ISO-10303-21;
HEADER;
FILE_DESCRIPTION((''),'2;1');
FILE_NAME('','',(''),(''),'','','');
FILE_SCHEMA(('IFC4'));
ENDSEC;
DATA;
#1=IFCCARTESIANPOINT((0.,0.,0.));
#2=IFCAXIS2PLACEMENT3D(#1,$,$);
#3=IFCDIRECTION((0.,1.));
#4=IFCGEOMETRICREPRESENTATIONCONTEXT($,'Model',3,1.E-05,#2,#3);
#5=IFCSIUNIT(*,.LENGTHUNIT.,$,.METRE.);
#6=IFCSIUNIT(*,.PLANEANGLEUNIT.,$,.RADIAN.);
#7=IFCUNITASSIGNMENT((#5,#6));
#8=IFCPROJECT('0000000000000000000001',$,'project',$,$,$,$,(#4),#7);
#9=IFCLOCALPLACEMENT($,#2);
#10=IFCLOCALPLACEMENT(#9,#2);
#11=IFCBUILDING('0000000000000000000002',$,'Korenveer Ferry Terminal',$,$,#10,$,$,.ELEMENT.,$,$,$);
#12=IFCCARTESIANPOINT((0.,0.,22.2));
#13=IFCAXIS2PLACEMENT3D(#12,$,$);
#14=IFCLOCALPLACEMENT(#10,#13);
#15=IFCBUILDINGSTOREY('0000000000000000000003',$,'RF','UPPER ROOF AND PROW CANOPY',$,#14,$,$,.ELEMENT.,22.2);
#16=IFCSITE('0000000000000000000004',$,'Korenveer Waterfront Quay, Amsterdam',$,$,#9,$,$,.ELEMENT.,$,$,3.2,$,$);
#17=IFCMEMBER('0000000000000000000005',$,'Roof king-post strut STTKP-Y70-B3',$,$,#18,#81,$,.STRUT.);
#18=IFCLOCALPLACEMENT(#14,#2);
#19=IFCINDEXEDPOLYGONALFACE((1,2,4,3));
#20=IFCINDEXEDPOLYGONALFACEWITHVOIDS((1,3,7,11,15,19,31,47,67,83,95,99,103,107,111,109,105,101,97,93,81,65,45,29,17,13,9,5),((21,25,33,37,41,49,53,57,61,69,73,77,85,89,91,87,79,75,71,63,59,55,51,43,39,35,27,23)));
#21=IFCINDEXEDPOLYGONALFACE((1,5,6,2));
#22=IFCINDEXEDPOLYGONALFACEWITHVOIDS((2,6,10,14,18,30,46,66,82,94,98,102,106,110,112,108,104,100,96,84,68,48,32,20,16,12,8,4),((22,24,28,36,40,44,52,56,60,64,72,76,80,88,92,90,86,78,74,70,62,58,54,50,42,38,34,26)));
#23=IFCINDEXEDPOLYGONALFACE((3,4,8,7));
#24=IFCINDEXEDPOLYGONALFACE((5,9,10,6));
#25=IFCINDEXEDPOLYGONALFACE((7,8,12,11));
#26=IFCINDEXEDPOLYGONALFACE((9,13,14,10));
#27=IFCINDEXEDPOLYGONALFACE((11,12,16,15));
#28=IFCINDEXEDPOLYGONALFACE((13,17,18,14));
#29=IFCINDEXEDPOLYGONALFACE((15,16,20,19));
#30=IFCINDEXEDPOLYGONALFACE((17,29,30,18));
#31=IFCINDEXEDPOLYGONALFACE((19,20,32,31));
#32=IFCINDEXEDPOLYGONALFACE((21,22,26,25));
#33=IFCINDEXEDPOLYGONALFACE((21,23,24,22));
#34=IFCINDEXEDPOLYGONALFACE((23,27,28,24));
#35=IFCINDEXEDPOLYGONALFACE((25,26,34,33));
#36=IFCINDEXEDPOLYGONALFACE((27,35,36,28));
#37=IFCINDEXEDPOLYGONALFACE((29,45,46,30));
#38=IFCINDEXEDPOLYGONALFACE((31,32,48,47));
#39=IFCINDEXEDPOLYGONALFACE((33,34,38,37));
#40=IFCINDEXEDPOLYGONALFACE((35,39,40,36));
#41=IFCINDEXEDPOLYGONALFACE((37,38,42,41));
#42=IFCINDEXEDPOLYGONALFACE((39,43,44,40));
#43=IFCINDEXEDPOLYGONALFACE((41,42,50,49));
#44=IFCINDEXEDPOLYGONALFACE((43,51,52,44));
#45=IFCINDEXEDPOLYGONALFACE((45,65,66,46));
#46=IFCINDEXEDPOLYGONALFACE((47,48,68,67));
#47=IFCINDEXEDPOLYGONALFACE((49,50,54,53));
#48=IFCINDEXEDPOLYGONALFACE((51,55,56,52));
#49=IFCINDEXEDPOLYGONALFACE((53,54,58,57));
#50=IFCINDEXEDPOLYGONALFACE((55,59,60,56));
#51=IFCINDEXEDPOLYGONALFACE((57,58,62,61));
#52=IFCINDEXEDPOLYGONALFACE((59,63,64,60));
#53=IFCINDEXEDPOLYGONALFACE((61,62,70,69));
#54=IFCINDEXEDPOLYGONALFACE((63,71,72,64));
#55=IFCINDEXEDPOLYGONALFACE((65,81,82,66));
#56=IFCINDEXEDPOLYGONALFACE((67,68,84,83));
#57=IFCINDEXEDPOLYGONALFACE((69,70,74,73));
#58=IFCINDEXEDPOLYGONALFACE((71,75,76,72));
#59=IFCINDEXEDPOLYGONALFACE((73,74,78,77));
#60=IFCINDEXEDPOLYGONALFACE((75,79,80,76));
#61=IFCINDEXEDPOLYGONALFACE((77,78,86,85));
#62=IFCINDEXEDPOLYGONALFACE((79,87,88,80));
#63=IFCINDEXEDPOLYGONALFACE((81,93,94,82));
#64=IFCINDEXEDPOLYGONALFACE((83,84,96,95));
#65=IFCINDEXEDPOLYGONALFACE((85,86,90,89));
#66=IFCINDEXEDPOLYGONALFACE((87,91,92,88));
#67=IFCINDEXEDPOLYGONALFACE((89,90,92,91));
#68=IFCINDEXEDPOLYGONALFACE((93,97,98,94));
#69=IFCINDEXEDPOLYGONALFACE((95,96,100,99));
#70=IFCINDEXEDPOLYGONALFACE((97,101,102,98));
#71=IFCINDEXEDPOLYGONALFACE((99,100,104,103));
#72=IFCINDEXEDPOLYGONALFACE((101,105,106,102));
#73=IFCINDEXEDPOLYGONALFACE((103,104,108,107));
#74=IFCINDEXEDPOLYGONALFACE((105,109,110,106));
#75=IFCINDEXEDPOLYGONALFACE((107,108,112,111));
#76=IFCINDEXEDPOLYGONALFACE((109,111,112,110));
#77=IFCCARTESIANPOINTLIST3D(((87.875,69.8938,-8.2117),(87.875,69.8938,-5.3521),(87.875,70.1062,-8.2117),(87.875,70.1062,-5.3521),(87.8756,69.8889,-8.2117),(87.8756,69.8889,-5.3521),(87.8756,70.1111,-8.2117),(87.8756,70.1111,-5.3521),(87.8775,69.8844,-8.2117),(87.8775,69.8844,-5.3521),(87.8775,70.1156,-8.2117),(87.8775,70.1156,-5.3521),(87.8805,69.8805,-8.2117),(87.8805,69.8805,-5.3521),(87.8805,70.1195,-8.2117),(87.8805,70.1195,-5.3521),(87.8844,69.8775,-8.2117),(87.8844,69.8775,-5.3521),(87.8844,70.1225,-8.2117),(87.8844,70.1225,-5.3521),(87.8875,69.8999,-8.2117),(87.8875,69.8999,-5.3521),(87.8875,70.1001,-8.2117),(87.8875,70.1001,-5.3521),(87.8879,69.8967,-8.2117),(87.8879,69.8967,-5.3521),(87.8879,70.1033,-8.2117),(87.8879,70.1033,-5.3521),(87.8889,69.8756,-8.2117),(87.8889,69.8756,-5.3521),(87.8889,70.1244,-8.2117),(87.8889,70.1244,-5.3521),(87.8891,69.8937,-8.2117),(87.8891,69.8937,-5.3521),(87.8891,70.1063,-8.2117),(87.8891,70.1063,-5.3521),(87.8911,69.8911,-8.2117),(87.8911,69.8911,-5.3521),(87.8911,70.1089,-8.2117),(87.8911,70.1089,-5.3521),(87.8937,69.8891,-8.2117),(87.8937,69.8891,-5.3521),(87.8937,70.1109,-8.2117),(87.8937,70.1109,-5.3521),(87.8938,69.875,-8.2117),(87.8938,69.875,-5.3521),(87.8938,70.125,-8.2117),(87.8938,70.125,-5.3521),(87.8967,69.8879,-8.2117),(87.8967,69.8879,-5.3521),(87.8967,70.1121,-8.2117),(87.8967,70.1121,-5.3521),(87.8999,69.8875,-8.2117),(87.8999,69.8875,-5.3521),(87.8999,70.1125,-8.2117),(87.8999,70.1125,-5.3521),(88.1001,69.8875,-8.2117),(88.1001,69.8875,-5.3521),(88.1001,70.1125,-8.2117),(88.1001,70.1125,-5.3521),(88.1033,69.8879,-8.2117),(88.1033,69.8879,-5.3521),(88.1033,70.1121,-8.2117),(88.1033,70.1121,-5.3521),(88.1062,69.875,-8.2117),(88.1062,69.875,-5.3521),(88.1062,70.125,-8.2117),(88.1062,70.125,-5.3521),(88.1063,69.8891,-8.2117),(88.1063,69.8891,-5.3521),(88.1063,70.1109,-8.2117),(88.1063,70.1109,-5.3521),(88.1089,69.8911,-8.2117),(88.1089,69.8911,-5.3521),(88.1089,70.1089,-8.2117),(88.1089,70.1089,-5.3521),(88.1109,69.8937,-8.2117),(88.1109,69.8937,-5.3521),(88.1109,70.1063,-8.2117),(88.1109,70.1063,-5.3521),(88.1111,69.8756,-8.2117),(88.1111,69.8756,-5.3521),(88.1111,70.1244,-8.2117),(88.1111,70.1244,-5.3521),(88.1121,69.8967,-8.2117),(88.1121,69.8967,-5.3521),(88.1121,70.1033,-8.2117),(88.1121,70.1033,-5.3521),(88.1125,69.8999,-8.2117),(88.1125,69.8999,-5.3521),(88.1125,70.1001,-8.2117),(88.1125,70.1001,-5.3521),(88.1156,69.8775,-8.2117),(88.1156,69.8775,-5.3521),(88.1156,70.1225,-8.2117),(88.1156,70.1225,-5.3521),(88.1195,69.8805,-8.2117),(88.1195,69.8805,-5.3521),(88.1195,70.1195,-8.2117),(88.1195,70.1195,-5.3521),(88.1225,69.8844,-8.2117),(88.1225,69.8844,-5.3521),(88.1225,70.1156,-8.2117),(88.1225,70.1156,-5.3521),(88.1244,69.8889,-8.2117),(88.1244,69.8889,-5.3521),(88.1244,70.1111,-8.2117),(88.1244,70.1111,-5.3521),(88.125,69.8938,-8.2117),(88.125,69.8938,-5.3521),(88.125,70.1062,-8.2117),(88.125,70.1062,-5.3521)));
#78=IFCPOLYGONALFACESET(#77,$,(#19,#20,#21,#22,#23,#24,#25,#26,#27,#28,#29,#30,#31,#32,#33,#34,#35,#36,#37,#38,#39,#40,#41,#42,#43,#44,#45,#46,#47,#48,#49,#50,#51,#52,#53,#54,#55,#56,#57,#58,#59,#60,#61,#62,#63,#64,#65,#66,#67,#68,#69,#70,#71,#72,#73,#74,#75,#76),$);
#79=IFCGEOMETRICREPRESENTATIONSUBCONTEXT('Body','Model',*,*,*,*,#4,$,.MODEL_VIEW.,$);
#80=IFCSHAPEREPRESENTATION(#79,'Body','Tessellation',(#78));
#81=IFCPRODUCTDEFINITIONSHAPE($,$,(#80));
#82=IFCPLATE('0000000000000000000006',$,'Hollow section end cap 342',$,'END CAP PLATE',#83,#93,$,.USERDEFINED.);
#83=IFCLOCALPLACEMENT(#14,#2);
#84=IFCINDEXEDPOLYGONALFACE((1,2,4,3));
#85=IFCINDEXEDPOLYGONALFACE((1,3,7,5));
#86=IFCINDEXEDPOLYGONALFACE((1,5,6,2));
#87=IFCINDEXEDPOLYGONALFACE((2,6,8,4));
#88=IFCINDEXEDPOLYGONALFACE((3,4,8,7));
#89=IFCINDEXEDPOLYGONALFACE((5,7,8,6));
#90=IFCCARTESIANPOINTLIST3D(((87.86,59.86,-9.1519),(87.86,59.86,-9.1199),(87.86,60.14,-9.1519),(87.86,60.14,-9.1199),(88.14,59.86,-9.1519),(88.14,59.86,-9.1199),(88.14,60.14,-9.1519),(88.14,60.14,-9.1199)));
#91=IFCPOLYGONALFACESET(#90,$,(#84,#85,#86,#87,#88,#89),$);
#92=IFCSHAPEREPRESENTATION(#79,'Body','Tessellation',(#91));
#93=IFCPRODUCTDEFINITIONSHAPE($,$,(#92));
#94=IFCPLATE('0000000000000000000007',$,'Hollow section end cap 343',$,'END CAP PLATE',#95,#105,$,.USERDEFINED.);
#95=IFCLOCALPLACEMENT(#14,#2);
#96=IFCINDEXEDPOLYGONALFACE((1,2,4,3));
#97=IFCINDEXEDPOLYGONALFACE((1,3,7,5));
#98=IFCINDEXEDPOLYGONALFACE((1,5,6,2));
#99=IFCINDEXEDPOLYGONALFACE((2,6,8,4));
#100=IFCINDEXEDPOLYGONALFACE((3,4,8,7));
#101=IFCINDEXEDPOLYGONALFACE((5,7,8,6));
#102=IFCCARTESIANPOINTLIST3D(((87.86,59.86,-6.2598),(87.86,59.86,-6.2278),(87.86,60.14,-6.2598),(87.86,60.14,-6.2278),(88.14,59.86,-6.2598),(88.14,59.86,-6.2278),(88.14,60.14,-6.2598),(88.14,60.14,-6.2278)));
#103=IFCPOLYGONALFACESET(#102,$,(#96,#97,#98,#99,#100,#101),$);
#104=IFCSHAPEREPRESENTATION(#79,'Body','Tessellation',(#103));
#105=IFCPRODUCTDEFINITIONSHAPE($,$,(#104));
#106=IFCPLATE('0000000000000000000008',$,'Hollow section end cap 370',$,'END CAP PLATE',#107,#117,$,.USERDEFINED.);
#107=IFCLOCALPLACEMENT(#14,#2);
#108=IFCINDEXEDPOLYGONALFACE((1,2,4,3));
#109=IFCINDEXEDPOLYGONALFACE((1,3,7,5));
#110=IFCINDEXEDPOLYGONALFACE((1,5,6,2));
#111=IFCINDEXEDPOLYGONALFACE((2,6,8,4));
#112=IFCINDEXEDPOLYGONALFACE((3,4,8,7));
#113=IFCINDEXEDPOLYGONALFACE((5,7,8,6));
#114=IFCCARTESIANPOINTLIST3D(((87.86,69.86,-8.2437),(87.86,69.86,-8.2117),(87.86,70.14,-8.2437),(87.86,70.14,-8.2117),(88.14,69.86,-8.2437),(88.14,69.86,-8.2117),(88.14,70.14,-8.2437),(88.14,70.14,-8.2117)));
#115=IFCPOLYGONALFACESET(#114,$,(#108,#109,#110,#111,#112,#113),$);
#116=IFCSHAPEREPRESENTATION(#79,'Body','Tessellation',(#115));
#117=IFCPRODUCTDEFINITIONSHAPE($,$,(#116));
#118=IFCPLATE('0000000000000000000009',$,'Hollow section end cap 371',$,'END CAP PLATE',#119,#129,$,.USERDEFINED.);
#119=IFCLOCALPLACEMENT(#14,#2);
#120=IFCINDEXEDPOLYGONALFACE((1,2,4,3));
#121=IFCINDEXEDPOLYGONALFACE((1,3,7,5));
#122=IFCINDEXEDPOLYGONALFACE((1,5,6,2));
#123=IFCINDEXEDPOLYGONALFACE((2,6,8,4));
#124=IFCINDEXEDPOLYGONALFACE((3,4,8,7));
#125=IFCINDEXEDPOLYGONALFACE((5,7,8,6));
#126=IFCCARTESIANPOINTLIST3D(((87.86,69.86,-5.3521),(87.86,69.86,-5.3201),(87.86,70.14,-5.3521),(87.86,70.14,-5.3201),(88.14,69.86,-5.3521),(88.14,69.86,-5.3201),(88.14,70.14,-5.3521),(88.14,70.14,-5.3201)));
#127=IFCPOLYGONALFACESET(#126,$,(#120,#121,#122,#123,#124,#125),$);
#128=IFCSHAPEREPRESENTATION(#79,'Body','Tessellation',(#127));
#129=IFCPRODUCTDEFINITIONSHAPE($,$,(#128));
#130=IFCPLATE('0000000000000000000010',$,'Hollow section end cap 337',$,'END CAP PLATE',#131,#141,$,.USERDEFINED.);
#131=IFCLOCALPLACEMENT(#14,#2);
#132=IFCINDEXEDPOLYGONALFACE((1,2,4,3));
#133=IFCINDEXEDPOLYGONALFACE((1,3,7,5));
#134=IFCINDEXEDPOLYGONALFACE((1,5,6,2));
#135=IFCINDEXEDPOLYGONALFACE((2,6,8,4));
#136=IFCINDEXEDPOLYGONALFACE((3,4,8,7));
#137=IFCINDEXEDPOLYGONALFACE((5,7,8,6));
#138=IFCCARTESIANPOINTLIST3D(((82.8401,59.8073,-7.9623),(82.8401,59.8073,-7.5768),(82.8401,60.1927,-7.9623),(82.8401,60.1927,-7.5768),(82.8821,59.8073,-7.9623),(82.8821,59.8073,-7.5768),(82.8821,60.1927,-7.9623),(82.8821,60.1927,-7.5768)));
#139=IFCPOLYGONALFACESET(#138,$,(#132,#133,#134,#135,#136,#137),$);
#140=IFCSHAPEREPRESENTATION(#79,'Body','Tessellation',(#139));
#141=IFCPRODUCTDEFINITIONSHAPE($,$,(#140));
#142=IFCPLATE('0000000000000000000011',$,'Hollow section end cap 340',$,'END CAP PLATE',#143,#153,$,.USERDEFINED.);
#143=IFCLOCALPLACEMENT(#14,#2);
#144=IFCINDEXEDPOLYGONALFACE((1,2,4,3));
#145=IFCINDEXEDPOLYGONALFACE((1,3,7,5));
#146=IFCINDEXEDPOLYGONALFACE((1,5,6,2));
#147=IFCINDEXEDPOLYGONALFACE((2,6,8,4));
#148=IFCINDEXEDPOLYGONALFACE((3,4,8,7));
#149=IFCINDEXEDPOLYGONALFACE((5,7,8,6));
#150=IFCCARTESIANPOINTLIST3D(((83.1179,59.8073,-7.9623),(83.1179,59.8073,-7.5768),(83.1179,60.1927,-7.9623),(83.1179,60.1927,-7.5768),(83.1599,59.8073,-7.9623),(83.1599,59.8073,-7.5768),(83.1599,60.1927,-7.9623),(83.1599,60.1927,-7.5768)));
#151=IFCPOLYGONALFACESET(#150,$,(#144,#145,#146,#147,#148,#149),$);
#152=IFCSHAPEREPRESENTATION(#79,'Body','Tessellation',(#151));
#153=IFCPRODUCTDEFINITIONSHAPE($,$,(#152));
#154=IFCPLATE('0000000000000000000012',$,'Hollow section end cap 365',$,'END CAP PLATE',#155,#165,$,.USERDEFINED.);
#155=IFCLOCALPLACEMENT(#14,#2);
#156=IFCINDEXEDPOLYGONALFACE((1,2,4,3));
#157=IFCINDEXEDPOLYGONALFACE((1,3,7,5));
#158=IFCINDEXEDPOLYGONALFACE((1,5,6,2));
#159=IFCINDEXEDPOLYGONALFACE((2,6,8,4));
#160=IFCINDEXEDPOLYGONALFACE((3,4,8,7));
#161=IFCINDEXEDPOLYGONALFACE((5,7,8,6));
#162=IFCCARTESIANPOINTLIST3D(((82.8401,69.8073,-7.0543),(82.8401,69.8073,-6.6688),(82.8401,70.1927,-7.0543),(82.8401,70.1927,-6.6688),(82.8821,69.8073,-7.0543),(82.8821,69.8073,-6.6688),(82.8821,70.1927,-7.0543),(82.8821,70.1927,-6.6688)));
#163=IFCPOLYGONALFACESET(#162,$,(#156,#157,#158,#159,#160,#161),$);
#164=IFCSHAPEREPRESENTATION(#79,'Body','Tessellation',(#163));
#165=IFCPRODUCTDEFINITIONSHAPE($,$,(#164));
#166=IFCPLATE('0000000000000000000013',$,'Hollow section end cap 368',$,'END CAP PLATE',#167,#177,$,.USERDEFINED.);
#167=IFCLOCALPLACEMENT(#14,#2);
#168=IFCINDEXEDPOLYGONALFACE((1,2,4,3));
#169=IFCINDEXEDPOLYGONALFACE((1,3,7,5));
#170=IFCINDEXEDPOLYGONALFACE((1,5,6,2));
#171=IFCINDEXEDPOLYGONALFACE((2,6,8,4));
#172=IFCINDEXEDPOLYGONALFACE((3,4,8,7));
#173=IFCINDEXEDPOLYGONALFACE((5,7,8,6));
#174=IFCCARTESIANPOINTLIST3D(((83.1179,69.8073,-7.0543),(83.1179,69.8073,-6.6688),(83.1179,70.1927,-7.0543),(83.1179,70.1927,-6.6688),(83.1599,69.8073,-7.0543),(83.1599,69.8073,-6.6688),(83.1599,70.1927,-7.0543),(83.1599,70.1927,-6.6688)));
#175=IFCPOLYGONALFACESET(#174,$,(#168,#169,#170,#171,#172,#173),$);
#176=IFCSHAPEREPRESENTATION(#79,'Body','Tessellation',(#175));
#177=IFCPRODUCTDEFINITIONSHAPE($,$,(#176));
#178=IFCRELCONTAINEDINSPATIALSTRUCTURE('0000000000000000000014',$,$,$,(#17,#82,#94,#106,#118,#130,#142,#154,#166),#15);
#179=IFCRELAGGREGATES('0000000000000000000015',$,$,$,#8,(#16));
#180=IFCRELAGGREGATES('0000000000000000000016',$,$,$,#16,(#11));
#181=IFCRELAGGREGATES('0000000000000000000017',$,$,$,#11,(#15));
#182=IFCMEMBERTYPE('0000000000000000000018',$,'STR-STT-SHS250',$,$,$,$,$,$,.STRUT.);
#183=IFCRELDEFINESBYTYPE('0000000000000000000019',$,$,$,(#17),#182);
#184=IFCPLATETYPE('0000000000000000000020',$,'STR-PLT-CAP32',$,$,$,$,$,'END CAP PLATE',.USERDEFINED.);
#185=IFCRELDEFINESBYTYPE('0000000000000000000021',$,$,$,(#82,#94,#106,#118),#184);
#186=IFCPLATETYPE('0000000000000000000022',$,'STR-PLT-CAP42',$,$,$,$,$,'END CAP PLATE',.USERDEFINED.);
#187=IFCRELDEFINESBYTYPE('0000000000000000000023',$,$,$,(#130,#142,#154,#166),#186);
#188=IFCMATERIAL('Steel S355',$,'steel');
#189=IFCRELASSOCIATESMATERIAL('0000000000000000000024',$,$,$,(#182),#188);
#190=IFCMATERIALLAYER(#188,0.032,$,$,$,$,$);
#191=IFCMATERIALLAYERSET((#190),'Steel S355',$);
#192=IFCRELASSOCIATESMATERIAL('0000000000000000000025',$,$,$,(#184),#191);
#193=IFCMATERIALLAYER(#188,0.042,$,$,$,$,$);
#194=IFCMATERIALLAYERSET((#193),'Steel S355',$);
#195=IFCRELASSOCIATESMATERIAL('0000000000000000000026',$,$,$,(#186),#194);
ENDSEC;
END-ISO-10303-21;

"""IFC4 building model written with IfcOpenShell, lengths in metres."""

from ifc_helpers import new_model, si_unit, direction, frame, origin, origin_2d, place, context, subcontext, project, spatial, rectangle, hollow_rectangle, extrude, material, layer, layer_set, material_profile, profile_set, type_object, element, save


model = new_model("IFC4")

# Units and contexts
model_context = context("Model", 3, precision=1e-05, world=origin(), true_north=direction((0.0, 1.0)))
body_context = subcontext(model_context, "Body", "Model", "MODEL_VIEW")
ifc_project = project(units=[si_unit("LENGTHUNIT", "METRE"), si_unit("PLANEANGLEUNIT", "RADIAN")], contexts=[model_context])

# Site, building, storey
site_placement = place(None, origin())
site = spatial("IfcSite", under=ifc_project, at=site_placement, Name="Korenveer Waterfront Quay, Amsterdam", CompositionType="ELEMENT", RefElevation=3.2)
building_placement = place(site_placement, origin())
building = spatial("IfcBuilding", under=site, at=building_placement, Name="Korenveer Ferry Terminal", CompositionType="ELEMENT")
storey_placement = place(building_placement, frame((0.0, 0.0, 22.2)))
storey = spatial("IfcBuildingStorey", under=building, at=storey_placement, Name="RF", Description="UPPER ROOF AND PROW CANOPY", CompositionType="ELEMENT", Elevation=22.2)

# Shared definitions
ifc_material_1 = material(Name="Steel S355", Category="steel")

# Member
ifc_material_profile_1 = material_profile(ifc_material_1, hollow_rectangle(XDim=0.25, YDim=0.25, WallThickness=0.0125, InnerFilletRadius=0.0125, OuterFilletRadius=0.0188, at=origin_2d()), Name="SHS 250x250x12.5")
ifc_profile_set_1 = profile_set([ifc_material_profile_1], Name="Steel S355")
member_type_1 = type_object("IfcMemberType", Name="STR-STT-SHS250", PredefinedType="STRUT", material=ifc_profile_set_1)
for number, where, z_axis, x_axis, name in (
    (1, (88.0, 70.0, -8.2117), (0.0, 0.0, 1.0), (1.0, 0.0, 0.0), "Roof king-post strut STTKP-Y70-B3"),
):
    element("IfcMember", number, at=place(storey_placement, frame(where, z_axis=z_axis, x_axis=x_axis)), inside=storey, type_object=member_type_1, Name=name, PredefinedType="STRUT", context=body_context, shape_type="SweptSolid", body=[
        extrude(hollow_rectangle(XDim=0.25, YDim=0.25, WallThickness=0.0125, InnerFilletRadius=0.0125, OuterFilletRadius=0.0188, at=origin_2d()), origin(), (0.0, 0.0, 1.0), 2.8596),
    ])

# Plates
ifc_layer_1 = layer(ifc_material_1, 0.032)
ifc_layer_set_1 = layer_set([ifc_layer_1], Name="Steel S355")
plate_type_1 = type_object("IfcPlateType", Name="STR-PLT-CAP32", ElementType="END CAP PLATE", PredefinedType="USERDEFINED", material=ifc_layer_set_1)
for number, where, z_axis, x_axis, name in (
    (2, (88.0, 60.0, -9.1519), (0.0, 0.0, 1.0), (1.0, 0.0, 0.0), "Hollow section end cap 342"),
    (3, (88.0, 60.0, -6.2598), (0.0, 0.0, 1.0), (1.0, 0.0, 0.0), "Hollow section end cap 343"),
    (4, (88.0, 70.0, -8.2437), (0.0, 0.0, 1.0), (1.0, 0.0, 0.0), "Hollow section end cap 370"),
    (5, (88.0, 70.0, -5.3521), (0.0, 0.0, 1.0), (1.0, 0.0, 0.0), "Hollow section end cap 371"),
):
    element("IfcPlate", number, at=place(storey_placement, frame(where, z_axis=z_axis, x_axis=x_axis)), inside=storey, type_object=plate_type_1, Name=name, ObjectType="END CAP PLATE", PredefinedType="USERDEFINED", context=body_context, shape_type="SweptSolid", body=[
        extrude(rectangle(XDim=0.28, YDim=0.28, at=origin_2d()), origin(), (0.0, 0.0, 1.0), 0.032),
    ])
ifc_layer_2 = layer(ifc_material_1, 0.042)
ifc_layer_set_2 = layer_set([ifc_layer_2], Name="Steel S355")
plate_type_2 = type_object("IfcPlateType", Name="STR-PLT-CAP42", ElementType="END CAP PLATE", PredefinedType="USERDEFINED", material=ifc_layer_set_2)
for number, where, z_axis, x_axis, name in (
    (6, (82.8401, 60.0, -7.7695), (1.0, 0.0, 0.0), (0.0, 1.0, 0.0), "Hollow section end cap 337"),
    (7, (83.1179, 60.0, -7.7695), (1.0, 0.0, 0.0), (0.0, 1.0, 0.0), "Hollow section end cap 340"),
    (8, (82.8401, 70.0, -6.8616), (1.0, 0.0, 0.0), (0.0, 1.0, 0.0), "Hollow section end cap 365"),
    (9, (83.1179, 70.0, -6.8616), (1.0, 0.0, 0.0), (0.0, 1.0, 0.0), "Hollow section end cap 368"),
):
    element("IfcPlate", number, at=place(storey_placement, frame(where, z_axis=z_axis, x_axis=x_axis)), inside=storey, type_object=plate_type_2, Name=name, ObjectType="END CAP PLATE", PredefinedType="USERDEFINED", context=body_context, shape_type="SweptSolid", body=[
        extrude(rectangle(XDim=0.3855, YDim=0.3855, at=origin_2d()), origin(), (0.0, 0.0, 1.0), 0.042),
    ])

save(model, "model.ifc")
